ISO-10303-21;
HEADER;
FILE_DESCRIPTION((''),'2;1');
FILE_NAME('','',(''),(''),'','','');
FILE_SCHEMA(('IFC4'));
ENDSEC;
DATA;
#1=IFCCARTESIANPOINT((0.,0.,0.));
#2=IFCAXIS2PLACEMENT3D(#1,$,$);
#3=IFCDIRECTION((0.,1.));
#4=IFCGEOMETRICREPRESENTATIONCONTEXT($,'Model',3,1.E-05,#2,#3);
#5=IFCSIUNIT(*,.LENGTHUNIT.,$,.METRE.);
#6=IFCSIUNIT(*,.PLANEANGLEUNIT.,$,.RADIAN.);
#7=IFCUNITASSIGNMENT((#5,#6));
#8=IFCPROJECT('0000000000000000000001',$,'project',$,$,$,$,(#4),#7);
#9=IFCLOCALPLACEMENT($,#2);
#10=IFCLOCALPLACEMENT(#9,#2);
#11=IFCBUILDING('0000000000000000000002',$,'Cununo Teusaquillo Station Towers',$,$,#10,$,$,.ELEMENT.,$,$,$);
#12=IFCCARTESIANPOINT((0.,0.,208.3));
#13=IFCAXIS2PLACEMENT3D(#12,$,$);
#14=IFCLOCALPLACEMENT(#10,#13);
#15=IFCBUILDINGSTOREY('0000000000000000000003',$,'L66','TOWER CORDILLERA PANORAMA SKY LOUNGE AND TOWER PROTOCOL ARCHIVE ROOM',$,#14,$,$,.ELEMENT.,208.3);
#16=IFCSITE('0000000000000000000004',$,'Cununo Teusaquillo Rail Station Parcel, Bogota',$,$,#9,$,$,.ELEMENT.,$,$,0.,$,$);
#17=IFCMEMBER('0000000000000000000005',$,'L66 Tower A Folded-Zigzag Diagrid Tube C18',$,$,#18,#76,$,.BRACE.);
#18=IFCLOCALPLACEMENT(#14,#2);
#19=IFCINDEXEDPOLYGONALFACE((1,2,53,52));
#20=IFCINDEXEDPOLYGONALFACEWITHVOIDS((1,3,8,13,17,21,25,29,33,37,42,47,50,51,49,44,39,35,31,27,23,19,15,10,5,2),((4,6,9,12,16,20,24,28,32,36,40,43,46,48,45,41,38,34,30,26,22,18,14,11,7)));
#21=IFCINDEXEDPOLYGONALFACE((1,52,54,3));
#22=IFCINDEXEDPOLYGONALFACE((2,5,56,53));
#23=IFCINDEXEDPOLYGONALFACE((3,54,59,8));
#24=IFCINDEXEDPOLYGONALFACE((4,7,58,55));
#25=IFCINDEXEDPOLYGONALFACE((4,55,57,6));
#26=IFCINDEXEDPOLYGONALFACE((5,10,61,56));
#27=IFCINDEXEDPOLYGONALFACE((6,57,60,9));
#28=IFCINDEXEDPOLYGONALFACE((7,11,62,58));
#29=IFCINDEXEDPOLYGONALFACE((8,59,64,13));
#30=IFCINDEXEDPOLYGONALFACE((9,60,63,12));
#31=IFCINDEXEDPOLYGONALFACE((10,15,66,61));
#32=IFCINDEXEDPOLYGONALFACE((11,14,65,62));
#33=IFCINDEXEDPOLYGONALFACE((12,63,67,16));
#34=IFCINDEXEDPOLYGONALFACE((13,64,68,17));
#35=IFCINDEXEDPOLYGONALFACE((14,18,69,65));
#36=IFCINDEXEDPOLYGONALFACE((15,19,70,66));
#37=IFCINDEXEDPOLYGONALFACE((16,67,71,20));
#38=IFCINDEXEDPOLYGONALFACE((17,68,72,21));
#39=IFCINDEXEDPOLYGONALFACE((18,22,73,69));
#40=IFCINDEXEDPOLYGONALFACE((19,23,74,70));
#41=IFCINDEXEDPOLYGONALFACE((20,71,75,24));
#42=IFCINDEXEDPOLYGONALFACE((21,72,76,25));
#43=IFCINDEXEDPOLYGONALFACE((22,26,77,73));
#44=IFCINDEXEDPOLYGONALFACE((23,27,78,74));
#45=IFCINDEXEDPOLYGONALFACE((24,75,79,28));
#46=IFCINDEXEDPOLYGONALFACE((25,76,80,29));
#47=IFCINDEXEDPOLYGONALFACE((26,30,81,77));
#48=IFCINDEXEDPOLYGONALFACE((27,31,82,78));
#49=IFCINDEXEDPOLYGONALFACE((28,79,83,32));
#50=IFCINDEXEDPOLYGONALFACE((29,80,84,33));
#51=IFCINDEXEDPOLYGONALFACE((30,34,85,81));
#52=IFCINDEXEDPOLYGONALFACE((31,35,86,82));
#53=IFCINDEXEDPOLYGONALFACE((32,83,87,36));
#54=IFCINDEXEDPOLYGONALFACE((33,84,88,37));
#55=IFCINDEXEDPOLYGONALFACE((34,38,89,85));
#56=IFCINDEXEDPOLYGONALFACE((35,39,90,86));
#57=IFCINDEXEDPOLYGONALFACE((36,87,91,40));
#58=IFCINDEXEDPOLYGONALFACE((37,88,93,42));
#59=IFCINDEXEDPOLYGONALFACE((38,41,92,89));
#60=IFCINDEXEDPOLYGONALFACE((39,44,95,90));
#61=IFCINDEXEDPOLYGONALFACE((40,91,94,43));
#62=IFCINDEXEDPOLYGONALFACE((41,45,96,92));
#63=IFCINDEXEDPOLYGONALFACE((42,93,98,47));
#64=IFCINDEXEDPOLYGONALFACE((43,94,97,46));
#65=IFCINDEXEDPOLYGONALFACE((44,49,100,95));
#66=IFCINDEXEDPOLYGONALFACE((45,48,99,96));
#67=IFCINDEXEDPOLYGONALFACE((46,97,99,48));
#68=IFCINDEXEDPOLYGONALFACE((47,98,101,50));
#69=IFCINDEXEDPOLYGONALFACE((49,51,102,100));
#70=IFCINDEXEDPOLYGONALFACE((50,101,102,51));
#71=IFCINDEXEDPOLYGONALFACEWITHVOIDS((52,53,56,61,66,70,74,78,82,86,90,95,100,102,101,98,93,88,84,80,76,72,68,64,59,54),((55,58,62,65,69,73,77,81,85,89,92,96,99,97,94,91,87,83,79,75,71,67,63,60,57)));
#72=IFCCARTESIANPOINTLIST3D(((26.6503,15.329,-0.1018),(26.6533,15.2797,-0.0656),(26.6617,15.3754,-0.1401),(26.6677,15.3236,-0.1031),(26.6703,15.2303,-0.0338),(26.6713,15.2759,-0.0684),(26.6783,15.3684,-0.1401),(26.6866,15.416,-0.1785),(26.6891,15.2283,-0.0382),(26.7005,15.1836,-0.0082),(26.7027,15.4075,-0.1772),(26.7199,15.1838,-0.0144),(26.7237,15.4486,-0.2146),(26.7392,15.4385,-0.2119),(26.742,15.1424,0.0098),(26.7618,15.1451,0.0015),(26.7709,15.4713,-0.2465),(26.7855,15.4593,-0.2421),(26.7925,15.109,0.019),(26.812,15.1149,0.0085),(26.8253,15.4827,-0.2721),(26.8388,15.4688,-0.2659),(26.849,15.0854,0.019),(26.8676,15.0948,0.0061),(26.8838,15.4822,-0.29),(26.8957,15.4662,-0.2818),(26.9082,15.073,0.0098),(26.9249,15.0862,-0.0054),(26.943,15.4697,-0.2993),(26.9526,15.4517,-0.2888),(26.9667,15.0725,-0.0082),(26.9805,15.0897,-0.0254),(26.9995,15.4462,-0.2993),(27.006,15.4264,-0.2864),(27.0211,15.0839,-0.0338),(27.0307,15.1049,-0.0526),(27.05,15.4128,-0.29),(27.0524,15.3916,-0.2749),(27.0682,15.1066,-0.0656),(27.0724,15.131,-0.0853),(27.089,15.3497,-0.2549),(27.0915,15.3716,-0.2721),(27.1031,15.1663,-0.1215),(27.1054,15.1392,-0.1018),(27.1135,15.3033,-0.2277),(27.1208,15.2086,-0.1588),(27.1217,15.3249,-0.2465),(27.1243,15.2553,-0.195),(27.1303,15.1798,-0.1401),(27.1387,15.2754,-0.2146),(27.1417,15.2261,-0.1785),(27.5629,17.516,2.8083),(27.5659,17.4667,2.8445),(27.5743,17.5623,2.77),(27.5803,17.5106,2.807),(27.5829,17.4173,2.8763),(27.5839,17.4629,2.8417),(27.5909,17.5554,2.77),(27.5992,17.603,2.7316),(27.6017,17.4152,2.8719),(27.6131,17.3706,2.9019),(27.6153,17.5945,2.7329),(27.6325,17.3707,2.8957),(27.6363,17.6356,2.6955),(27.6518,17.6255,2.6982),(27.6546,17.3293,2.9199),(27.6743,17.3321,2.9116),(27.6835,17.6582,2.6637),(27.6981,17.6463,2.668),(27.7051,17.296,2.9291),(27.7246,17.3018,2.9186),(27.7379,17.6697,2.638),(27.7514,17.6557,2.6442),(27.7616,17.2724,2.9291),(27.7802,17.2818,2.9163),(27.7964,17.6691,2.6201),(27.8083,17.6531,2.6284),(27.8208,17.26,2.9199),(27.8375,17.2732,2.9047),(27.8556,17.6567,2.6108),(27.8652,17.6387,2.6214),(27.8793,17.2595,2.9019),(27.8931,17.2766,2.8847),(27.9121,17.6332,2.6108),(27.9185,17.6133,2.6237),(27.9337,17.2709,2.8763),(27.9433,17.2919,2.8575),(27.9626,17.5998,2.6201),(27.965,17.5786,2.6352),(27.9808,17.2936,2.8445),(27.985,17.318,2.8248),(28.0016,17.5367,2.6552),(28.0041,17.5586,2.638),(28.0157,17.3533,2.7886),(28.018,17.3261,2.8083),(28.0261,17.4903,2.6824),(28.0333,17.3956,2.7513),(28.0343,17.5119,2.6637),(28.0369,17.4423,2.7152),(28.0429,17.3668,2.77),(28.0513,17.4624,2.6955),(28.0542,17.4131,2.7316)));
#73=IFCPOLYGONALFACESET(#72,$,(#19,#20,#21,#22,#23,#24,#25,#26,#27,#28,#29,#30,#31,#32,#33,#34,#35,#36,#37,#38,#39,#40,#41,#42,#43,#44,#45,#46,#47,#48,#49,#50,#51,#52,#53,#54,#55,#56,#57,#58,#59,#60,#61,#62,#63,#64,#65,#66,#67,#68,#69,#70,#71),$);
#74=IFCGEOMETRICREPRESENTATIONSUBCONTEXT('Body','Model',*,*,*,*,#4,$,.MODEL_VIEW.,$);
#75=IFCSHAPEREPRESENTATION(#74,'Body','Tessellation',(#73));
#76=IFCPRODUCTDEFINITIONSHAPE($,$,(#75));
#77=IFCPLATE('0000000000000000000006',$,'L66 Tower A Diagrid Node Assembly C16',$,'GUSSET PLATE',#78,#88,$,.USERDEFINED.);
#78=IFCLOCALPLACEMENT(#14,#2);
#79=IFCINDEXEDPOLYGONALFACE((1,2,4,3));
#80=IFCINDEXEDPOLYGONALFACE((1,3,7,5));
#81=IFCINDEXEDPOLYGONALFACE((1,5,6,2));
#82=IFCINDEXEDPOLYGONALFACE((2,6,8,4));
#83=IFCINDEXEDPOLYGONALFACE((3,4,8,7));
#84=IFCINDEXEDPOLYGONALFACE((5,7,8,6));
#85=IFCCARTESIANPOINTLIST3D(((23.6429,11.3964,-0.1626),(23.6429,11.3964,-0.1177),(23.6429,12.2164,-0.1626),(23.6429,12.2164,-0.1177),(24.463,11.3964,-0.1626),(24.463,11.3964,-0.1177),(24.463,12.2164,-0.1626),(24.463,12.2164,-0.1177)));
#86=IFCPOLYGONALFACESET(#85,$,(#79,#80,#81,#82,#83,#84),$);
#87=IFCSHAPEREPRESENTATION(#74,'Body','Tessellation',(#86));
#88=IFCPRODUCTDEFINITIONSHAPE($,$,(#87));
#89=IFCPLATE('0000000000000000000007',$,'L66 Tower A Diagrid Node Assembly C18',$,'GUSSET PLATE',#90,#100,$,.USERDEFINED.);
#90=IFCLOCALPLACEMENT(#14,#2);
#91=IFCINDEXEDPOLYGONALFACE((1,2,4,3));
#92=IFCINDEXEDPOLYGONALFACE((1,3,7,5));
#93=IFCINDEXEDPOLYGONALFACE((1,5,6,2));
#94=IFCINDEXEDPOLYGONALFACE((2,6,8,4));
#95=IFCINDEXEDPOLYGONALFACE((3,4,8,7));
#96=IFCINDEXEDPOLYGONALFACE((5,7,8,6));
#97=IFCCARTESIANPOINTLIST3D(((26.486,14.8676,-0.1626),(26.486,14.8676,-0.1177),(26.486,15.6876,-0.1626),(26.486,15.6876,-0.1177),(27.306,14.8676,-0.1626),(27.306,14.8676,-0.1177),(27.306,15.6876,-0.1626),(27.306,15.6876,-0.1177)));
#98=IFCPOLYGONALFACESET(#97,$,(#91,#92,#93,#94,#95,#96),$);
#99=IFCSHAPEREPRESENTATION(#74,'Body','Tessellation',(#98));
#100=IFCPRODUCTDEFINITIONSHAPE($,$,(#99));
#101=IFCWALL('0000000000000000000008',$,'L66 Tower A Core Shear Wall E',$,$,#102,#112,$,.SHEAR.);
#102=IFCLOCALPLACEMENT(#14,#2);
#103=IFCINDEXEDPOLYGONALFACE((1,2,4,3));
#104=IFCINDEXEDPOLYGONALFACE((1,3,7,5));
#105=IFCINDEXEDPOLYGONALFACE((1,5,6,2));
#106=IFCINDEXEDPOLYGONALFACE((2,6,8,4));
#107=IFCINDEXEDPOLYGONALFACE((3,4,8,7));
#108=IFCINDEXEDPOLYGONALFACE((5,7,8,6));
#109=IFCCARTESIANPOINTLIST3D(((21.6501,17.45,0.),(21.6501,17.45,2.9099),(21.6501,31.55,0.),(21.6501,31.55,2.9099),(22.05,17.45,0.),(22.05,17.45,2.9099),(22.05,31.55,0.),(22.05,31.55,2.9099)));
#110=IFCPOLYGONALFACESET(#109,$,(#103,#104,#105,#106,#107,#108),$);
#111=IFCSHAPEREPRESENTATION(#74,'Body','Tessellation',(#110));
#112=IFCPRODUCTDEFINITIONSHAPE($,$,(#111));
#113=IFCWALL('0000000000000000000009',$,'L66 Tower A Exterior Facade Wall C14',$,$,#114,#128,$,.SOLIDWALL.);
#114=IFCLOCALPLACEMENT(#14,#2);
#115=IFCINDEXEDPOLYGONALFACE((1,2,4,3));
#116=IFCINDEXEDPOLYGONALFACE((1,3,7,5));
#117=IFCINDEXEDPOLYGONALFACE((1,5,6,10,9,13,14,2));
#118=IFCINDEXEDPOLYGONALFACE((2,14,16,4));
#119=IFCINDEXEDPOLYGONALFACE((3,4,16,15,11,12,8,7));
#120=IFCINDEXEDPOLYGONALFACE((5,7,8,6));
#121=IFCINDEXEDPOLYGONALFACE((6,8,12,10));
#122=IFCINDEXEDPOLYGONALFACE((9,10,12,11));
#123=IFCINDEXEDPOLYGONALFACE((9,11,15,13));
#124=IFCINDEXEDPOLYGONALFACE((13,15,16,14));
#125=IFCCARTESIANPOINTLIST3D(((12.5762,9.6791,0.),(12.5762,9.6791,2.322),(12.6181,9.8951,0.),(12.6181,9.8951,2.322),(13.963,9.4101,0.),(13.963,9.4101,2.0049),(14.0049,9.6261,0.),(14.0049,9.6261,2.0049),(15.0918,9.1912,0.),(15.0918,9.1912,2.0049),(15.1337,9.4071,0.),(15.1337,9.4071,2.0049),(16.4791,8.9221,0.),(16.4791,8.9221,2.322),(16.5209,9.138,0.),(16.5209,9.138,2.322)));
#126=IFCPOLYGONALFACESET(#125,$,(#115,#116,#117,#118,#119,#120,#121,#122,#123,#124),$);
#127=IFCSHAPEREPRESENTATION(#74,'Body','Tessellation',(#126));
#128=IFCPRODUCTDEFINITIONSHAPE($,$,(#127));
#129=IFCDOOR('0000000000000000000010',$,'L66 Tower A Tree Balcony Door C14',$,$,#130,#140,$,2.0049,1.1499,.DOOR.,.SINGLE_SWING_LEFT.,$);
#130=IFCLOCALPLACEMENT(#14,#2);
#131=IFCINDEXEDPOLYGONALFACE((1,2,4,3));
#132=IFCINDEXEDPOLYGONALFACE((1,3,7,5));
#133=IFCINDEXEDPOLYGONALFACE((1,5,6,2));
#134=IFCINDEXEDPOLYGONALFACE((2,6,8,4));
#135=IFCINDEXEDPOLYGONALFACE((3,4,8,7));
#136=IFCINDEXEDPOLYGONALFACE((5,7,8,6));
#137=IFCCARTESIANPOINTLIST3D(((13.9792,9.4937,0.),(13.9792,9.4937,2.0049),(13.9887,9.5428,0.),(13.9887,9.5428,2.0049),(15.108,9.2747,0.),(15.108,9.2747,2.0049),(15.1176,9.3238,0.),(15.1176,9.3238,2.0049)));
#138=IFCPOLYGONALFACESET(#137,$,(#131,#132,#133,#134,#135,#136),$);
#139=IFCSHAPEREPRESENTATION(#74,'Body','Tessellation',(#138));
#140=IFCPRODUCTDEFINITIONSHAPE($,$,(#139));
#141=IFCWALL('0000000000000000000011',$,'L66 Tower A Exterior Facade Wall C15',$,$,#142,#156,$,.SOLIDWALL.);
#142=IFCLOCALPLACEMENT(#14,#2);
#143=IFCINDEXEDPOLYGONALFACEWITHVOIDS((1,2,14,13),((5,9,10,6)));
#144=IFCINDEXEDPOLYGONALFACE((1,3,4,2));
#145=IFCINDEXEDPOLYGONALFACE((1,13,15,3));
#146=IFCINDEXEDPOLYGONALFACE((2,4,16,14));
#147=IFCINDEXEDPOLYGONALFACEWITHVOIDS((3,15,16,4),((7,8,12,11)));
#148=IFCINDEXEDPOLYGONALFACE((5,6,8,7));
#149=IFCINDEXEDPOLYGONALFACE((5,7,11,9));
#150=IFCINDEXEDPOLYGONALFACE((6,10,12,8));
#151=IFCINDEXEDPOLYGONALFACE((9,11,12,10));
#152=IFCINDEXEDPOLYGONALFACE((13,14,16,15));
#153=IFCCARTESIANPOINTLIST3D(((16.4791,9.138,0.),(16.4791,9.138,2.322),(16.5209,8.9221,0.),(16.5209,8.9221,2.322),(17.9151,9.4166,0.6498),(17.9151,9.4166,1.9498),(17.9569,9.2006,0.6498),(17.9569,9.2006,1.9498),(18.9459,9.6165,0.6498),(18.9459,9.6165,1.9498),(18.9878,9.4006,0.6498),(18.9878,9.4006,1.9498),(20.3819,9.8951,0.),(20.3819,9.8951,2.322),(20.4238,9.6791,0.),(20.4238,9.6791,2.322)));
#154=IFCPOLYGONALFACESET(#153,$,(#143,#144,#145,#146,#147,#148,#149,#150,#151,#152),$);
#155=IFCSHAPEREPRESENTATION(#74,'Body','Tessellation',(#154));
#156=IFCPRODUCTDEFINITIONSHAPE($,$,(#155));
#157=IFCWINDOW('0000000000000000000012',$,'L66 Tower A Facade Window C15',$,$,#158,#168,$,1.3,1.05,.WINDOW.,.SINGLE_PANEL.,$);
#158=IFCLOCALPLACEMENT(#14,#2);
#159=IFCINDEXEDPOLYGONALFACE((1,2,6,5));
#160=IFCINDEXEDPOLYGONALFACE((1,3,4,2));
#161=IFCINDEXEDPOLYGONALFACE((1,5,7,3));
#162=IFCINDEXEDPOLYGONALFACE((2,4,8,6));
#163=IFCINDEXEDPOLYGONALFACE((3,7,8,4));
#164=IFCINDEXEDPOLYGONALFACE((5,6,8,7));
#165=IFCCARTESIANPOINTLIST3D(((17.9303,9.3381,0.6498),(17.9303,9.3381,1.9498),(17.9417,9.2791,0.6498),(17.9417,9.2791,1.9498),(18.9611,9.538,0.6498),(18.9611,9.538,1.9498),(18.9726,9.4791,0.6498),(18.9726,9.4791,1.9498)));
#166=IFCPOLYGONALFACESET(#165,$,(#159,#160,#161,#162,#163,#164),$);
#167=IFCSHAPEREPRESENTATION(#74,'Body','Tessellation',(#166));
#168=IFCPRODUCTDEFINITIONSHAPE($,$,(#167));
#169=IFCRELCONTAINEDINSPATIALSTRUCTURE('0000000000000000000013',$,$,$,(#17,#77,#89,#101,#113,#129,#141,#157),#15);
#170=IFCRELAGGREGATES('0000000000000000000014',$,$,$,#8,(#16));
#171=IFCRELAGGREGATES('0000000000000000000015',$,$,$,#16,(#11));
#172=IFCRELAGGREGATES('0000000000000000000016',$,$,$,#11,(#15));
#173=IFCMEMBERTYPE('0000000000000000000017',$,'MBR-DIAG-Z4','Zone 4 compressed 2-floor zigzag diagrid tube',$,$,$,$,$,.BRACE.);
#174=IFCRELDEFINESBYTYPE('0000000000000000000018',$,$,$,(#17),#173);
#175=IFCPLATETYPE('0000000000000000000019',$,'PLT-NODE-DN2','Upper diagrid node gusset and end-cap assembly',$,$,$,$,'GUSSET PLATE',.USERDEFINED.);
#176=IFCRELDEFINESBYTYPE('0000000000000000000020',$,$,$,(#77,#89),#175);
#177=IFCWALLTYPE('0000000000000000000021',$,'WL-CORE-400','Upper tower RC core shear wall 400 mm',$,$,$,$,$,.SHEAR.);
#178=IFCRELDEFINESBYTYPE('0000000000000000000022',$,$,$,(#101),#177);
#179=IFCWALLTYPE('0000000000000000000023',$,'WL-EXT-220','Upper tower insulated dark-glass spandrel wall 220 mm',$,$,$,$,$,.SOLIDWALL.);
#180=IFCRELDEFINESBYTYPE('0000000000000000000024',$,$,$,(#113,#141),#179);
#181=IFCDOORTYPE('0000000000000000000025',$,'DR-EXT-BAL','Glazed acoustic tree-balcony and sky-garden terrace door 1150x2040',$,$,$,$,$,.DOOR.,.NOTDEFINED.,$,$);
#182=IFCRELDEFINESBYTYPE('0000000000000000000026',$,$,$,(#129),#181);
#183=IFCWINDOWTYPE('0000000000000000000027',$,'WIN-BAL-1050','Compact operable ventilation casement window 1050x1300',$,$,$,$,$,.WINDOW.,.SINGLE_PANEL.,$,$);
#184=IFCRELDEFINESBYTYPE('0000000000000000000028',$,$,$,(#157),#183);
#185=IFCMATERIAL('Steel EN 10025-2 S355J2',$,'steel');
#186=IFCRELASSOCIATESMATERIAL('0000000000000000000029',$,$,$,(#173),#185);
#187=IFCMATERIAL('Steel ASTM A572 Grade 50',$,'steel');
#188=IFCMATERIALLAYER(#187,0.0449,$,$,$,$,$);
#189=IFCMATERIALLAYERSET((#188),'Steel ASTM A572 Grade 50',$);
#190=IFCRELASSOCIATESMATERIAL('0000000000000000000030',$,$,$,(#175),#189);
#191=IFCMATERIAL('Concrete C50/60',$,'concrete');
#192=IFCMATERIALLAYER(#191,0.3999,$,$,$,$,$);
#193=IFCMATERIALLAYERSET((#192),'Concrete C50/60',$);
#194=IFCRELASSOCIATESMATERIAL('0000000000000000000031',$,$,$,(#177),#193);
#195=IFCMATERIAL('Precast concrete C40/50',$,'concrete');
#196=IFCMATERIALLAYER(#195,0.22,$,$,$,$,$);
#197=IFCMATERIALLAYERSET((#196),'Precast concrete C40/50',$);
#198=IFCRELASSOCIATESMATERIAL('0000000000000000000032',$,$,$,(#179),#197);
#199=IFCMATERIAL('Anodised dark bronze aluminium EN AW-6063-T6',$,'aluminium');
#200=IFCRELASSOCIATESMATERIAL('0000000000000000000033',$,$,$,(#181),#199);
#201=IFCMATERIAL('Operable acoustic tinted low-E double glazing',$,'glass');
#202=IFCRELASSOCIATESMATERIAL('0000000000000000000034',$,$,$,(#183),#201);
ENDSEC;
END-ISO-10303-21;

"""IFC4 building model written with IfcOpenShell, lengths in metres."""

from ifc_helpers import new_model, si_unit, direction, frame, frame_2d, origin, origin_2d, place, context, subcontext, project, spatial, rectangle, hollow_circle, extrude, source, transform, mapped, material, layer, layer_set, material_profile, profile_set, type_object, element, fill, save


model = new_model("IFC4")

# Units and contexts
model_context = context("Model", 3, precision=1e-05, world=origin(), true_north=direction((0.0, 1.0)))
body_context = subcontext(model_context, "Body", "Model", "MODEL_VIEW")
ifc_project = project(units=[si_unit("LENGTHUNIT", "METRE"), si_unit("PLANEANGLEUNIT", "RADIAN")], contexts=[model_context])

# Site, building, storey
site_placement = place(None, origin())
site = spatial("IfcSite", under=ifc_project, at=site_placement, Name="Cununo Teusaquillo Rail Station Parcel, Bogota", CompositionType="ELEMENT", RefElevation=0.0)
building_placement = place(site_placement, origin())
building = spatial("IfcBuilding", under=site, at=building_placement, Name="Cununo Teusaquillo Station Towers", CompositionType="ELEMENT")
storey_placement = place(building_placement, frame((0.0, 0.0, 208.3)))
storey = spatial("IfcBuildingStorey", under=building, at=storey_placement, Name="L66", Description="TOWER CORDILLERA PANORAMA SKY LOUNGE AND TOWER PROTOCOL ARCHIVE ROOM", CompositionType="ELEMENT", Elevation=208.3)

# Member
ifc_material_1 = material(Name="Steel EN 10025-2 S355J2", Category="steel")
ifc_material_profile_1 = material_profile(ifc_material_1, hollow_circle(Radius=0.2539, WallThickness=0.0181, at=origin_2d()), Name="CHS 508x18")
ifc_profile_set_1 = profile_set([ifc_material_profile_1], Name="Steel EN 10025-2 S355J2")
member_type = type_object("IfcMemberType", Name="MBR-DIAG-Z4", Description="Zone 4 compressed 2-floor zigzag diagrid tube", PredefinedType="BRACE", material=ifc_profile_set_1)
member_1_placement = place(storey_placement, frame((26.896, 15.2776, -0.1401), z_axis=(0.243166, 0.58274, 0.775425), x_axis=(-0.922876, 0.385098, 0.0)))
element("IfcMember", 1, at=member_1_placement, inside=storey, type_object=member_type, Name="L66 Tower A Folded-Zigzag Diagrid Tube C18", PredefinedType="BRACE", context=body_context, shape_type="SweptSolid", body=[
    extrude(hollow_circle(Radius=0.2539, WallThickness=0.0181, at=origin_2d()), origin(), (0.0, 0.0, 1.0), 3.7529),
])

# Plates
ifc_material_2 = material(Name="Steel ASTM A572 Grade 50", Category="steel")
ifc_layer_1 = layer(ifc_material_2, 0.0449)
ifc_layer_set_1 = layer_set([ifc_layer_1], Name="Steel ASTM A572 Grade 50")
plate_type = type_object("IfcPlateType", Name="PLT-NODE-DN2", Description="Upper diagrid node gusset and end-cap assembly", ElementType="GUSSET PLATE", PredefinedType="USERDEFINED", material=ifc_layer_set_1)
shared_shape_1 = source(origin(), body_context, "Body", "SweptSolid", [
    extrude(rectangle(XDim=0.8201, YDim=0.8201, at=origin_2d()), origin(), (0.0, 0.0, 1.0), 0.0449),
])
for number, where, z_axis, x_axis, name in (
    (2, (24.053, 11.8064, -0.1626), (0.0, 0.0, 1.0), (1.0, 0.0, 0.0), "L66 Tower A Diagrid Node Assembly C16"),
    (3, (26.896, 15.2776, -0.1626), (0.0, 0.0, 1.0), (1.0, 0.0, 0.0), "L66 Tower A Diagrid Node Assembly C18"),
):
    element("IfcPlate", number, at=place(storey_placement, frame(where, z_axis=z_axis, x_axis=x_axis)), inside=storey, type_object=plate_type, Name=name, ObjectType="GUSSET PLATE", PredefinedType="USERDEFINED", context=body_context, shape_type="MappedRepresentation", body=[
        mapped(shared_shape_1, transform((0.0, 0.0, 0.0), x_axis=(1.0, 0.0, 0.0), y_axis=(0.0, 1.0, 0.0), z_axis=(0.0, 0.0, 1.0), scale=1.0)),
    ])

# Wall
ifc_material_3 = material(Name="Concrete C50/60", Category="concrete")
ifc_layer_2 = layer(ifc_material_3, 0.3999)
ifc_layer_set_2 = layer_set([ifc_layer_2], Name="Concrete C50/60")
wall_type_1 = type_object("IfcWallType", Name="WL-CORE-400", Description="Upper tower RC core shear wall 400 mm", PredefinedType="SHEAR", material=ifc_layer_set_2)
wall_1_placement = place(storey_placement, frame((21.8501, 17.45, 0.0), z_axis=(0.0, 0.0, 1.0), x_axis=(0.0, 1.0, 0.0)))
element("IfcWall", 4, at=wall_1_placement, inside=storey, type_object=wall_type_1, Name="L66 Tower A Core Shear Wall E", PredefinedType="SHEAR", context=body_context, shape_type="SweptSolid", body=[
    extrude(rectangle(XDim=14.1001, YDim=0.3999, at=frame_2d((7.05, 0.0))), origin(), (0.0, 0.0, 1.0), 2.9099),
])

# Wall, opening, door
ifc_material_4 = material(Name="Precast concrete C40/50", Category="concrete")
ifc_layer_3 = layer(ifc_material_4, 0.22)
ifc_layer_set_3 = layer_set([ifc_layer_3], Name="Precast concrete C40/50")
wall_type_2 = type_object("IfcWallType", Name="WL-EXT-220", Description="Upper tower insulated dark-glass spandrel wall 220 mm", PredefinedType="SOLIDWALL", material=ifc_layer_set_3)
wall_2_placement = place(storey_placement, frame((16.5, 9.03, 0.0), z_axis=(0.0, 0.0, 1.0), x_axis=(-0.9817, 0.190432, 0.0)))
wall_2 = element("IfcWall", 5, at=wall_2_placement, inside=storey, type_object=wall_type_2, Name="L66 Tower A Exterior Facade Wall C14", PredefinedType="SOLIDWALL", context=body_context, shape_type="SweptSolid", body=[
    extrude(rectangle(XDim=3.9756, YDim=0.22, at=frame_2d((1.9878, 0.0))), origin(), (0.0, 0.0, 1.0), 2.322),
])
shared_shape_2 = source(origin(), body_context, "Body", "SweptSolid", [
    extrude(rectangle(XDim=1.1499, YDim=2.0049, at=frame_2d((0.575, 1.0024))), frame((0.0, 0.1199, 0.0), z_axis=(0.0, -1.0, 0.0), x_axis=(1.0, 0.0, 0.0)), (0.0, 0.0, 1.0), 0.24),
])
opening_1_placement = place(wall_2_placement, frame((1.4131, 0.0, 0.0)))
opening_1 = element("IfcOpeningElement", 6, at=opening_1_placement, cuts=wall_2, PredefinedType="OPENING", context=body_context, shape_type="MappedRepresentation", body=[
    mapped(shared_shape_2, transform((0.0, 0.0, 0.0), x_axis=(1.0, 0.0, 0.0), y_axis=(0.0, 1.0, 0.0), z_axis=(0.0, 0.0, 1.0), scale=1.0)),
])
ifc_material_5 = material(Name="Anodised dark bronze aluminium EN AW-6063-T6", Category="aluminium")
door_type_1 = type_object("IfcDoorType", Name="DR-EXT-BAL", Description="Glazed acoustic tree-balcony and sky-garden terrace door 1150x2040", OperationType="NOTDEFINED", PredefinedType="DOOR", material=ifc_material_5)
shared_shape_3 = source(origin(), body_context, "Body", "SweptSolid", [
    extrude(rectangle(XDim=1.1499, YDim=2.0049, at=frame_2d((0.575, 1.0024))), frame((0.0, 0.0249, 0.0), z_axis=(0.0, -1.0, 0.0), x_axis=(1.0, 0.0, 0.0)), (0.0, 0.0, 1.0), 0.05),
])
door_1_placement = place(opening_1_placement, origin())
door_1 = element("IfcDoor", 7, at=door_1_placement, inside=storey, type_object=door_type_1, Name="L66 Tower A Tree Balcony Door C14", OperationType="SINGLE_SWING_LEFT", OverallHeight=2.0049, OverallWidth=1.1499, PredefinedType="DOOR", context=body_context, shape_type="MappedRepresentation", body=[
    mapped(shared_shape_3, transform((0.0, 0.0, 0.0), x_axis=(1.0, 0.0, 0.0), y_axis=(0.0, 1.0, 0.0), z_axis=(0.0, 0.0, 1.0), scale=1.0)),
])
fill(opening_1, door_1)

# Wall, opening, window
wall_3_placement = place(storey_placement, frame((20.4028, 9.7871, 0.0), z_axis=(0.0, 0.0, 1.0), x_axis=(-0.9817, -0.190432, 0.0)))
wall_3 = element("IfcWall", 8, at=wall_3_placement, inside=storey, type_object=wall_type_2, Name="L66 Tower A Exterior Facade Wall C15", PredefinedType="SOLIDWALL", context=body_context, shape_type="SweptSolid", body=[
    extrude(rectangle(XDim=3.9756, YDim=0.22, at=frame_2d((1.9878, 0.0))), origin(), (0.0, 0.0, 1.0), 2.322),
])
shared_shape_4 = source(origin(), body_context, "Body", "SweptSolid", [
    extrude(rectangle(XDim=1.05, YDim=1.3, at=frame_2d((0.5249, 0.6499))), frame((0.0, 0.1199, 0.0), z_axis=(0.0, -1.0, 0.0), x_axis=(1.0, 0.0, 0.0)), (0.0, 0.0, 1.0), 0.24),
])
opening_2_placement = place(wall_3_placement, frame((1.4629, 0.0, 0.6499)))
opening_2 = element("IfcOpeningElement", 9, at=opening_2_placement, cuts=wall_3, PredefinedType="OPENING", context=body_context, shape_type="MappedRepresentation", body=[
    mapped(shared_shape_4, transform((0.0, 0.0, 0.0), x_axis=(1.0, 0.0, 0.0), y_axis=(0.0, 1.0, 0.0), z_axis=(0.0, 0.0, 1.0), scale=1.0)),
])
ifc_material_6 = material(Name="Operable acoustic tinted low-E double glazing", Category="glass")
window_type = type_object("IfcWindowType", Name="WIN-BAL-1050", Description="Compact operable ventilation casement window 1050x1300", PartitioningType="SINGLE_PANEL", PredefinedType="WINDOW", material=ifc_material_6)
shared_shape_5 = source(origin(), body_context, "Body", "SweptSolid", [
    extrude(rectangle(XDim=1.05, YDim=1.3, at=frame_2d((0.5249, 0.6499))), frame((0.0, 0.03, 0.0), z_axis=(0.0, -1.0, 0.0), x_axis=(1.0, 0.0, 0.0)), (0.0, 0.0, 1.0), 0.0601),
])
window_1_placement = place(opening_2_placement, origin())
window_1 = element("IfcWindow", 10, at=window_1_placement, inside=storey, type_object=window_type, Name="L66 Tower A Facade Window C15", OverallHeight=1.3, OverallWidth=1.05, PartitioningType="SINGLE_PANEL", PredefinedType="WINDOW", context=body_context, shape_type="MappedRepresentation", body=[
    mapped(shared_shape_5, transform((0.0, 0.0, 0.0), x_axis=(1.0, 0.0, 0.0), y_axis=(0.0, 1.0, 0.0), z_axis=(0.0, 0.0, 1.0), scale=1.0)),
])
fill(opening_2, window_1)

save(model, "model.ifc")
